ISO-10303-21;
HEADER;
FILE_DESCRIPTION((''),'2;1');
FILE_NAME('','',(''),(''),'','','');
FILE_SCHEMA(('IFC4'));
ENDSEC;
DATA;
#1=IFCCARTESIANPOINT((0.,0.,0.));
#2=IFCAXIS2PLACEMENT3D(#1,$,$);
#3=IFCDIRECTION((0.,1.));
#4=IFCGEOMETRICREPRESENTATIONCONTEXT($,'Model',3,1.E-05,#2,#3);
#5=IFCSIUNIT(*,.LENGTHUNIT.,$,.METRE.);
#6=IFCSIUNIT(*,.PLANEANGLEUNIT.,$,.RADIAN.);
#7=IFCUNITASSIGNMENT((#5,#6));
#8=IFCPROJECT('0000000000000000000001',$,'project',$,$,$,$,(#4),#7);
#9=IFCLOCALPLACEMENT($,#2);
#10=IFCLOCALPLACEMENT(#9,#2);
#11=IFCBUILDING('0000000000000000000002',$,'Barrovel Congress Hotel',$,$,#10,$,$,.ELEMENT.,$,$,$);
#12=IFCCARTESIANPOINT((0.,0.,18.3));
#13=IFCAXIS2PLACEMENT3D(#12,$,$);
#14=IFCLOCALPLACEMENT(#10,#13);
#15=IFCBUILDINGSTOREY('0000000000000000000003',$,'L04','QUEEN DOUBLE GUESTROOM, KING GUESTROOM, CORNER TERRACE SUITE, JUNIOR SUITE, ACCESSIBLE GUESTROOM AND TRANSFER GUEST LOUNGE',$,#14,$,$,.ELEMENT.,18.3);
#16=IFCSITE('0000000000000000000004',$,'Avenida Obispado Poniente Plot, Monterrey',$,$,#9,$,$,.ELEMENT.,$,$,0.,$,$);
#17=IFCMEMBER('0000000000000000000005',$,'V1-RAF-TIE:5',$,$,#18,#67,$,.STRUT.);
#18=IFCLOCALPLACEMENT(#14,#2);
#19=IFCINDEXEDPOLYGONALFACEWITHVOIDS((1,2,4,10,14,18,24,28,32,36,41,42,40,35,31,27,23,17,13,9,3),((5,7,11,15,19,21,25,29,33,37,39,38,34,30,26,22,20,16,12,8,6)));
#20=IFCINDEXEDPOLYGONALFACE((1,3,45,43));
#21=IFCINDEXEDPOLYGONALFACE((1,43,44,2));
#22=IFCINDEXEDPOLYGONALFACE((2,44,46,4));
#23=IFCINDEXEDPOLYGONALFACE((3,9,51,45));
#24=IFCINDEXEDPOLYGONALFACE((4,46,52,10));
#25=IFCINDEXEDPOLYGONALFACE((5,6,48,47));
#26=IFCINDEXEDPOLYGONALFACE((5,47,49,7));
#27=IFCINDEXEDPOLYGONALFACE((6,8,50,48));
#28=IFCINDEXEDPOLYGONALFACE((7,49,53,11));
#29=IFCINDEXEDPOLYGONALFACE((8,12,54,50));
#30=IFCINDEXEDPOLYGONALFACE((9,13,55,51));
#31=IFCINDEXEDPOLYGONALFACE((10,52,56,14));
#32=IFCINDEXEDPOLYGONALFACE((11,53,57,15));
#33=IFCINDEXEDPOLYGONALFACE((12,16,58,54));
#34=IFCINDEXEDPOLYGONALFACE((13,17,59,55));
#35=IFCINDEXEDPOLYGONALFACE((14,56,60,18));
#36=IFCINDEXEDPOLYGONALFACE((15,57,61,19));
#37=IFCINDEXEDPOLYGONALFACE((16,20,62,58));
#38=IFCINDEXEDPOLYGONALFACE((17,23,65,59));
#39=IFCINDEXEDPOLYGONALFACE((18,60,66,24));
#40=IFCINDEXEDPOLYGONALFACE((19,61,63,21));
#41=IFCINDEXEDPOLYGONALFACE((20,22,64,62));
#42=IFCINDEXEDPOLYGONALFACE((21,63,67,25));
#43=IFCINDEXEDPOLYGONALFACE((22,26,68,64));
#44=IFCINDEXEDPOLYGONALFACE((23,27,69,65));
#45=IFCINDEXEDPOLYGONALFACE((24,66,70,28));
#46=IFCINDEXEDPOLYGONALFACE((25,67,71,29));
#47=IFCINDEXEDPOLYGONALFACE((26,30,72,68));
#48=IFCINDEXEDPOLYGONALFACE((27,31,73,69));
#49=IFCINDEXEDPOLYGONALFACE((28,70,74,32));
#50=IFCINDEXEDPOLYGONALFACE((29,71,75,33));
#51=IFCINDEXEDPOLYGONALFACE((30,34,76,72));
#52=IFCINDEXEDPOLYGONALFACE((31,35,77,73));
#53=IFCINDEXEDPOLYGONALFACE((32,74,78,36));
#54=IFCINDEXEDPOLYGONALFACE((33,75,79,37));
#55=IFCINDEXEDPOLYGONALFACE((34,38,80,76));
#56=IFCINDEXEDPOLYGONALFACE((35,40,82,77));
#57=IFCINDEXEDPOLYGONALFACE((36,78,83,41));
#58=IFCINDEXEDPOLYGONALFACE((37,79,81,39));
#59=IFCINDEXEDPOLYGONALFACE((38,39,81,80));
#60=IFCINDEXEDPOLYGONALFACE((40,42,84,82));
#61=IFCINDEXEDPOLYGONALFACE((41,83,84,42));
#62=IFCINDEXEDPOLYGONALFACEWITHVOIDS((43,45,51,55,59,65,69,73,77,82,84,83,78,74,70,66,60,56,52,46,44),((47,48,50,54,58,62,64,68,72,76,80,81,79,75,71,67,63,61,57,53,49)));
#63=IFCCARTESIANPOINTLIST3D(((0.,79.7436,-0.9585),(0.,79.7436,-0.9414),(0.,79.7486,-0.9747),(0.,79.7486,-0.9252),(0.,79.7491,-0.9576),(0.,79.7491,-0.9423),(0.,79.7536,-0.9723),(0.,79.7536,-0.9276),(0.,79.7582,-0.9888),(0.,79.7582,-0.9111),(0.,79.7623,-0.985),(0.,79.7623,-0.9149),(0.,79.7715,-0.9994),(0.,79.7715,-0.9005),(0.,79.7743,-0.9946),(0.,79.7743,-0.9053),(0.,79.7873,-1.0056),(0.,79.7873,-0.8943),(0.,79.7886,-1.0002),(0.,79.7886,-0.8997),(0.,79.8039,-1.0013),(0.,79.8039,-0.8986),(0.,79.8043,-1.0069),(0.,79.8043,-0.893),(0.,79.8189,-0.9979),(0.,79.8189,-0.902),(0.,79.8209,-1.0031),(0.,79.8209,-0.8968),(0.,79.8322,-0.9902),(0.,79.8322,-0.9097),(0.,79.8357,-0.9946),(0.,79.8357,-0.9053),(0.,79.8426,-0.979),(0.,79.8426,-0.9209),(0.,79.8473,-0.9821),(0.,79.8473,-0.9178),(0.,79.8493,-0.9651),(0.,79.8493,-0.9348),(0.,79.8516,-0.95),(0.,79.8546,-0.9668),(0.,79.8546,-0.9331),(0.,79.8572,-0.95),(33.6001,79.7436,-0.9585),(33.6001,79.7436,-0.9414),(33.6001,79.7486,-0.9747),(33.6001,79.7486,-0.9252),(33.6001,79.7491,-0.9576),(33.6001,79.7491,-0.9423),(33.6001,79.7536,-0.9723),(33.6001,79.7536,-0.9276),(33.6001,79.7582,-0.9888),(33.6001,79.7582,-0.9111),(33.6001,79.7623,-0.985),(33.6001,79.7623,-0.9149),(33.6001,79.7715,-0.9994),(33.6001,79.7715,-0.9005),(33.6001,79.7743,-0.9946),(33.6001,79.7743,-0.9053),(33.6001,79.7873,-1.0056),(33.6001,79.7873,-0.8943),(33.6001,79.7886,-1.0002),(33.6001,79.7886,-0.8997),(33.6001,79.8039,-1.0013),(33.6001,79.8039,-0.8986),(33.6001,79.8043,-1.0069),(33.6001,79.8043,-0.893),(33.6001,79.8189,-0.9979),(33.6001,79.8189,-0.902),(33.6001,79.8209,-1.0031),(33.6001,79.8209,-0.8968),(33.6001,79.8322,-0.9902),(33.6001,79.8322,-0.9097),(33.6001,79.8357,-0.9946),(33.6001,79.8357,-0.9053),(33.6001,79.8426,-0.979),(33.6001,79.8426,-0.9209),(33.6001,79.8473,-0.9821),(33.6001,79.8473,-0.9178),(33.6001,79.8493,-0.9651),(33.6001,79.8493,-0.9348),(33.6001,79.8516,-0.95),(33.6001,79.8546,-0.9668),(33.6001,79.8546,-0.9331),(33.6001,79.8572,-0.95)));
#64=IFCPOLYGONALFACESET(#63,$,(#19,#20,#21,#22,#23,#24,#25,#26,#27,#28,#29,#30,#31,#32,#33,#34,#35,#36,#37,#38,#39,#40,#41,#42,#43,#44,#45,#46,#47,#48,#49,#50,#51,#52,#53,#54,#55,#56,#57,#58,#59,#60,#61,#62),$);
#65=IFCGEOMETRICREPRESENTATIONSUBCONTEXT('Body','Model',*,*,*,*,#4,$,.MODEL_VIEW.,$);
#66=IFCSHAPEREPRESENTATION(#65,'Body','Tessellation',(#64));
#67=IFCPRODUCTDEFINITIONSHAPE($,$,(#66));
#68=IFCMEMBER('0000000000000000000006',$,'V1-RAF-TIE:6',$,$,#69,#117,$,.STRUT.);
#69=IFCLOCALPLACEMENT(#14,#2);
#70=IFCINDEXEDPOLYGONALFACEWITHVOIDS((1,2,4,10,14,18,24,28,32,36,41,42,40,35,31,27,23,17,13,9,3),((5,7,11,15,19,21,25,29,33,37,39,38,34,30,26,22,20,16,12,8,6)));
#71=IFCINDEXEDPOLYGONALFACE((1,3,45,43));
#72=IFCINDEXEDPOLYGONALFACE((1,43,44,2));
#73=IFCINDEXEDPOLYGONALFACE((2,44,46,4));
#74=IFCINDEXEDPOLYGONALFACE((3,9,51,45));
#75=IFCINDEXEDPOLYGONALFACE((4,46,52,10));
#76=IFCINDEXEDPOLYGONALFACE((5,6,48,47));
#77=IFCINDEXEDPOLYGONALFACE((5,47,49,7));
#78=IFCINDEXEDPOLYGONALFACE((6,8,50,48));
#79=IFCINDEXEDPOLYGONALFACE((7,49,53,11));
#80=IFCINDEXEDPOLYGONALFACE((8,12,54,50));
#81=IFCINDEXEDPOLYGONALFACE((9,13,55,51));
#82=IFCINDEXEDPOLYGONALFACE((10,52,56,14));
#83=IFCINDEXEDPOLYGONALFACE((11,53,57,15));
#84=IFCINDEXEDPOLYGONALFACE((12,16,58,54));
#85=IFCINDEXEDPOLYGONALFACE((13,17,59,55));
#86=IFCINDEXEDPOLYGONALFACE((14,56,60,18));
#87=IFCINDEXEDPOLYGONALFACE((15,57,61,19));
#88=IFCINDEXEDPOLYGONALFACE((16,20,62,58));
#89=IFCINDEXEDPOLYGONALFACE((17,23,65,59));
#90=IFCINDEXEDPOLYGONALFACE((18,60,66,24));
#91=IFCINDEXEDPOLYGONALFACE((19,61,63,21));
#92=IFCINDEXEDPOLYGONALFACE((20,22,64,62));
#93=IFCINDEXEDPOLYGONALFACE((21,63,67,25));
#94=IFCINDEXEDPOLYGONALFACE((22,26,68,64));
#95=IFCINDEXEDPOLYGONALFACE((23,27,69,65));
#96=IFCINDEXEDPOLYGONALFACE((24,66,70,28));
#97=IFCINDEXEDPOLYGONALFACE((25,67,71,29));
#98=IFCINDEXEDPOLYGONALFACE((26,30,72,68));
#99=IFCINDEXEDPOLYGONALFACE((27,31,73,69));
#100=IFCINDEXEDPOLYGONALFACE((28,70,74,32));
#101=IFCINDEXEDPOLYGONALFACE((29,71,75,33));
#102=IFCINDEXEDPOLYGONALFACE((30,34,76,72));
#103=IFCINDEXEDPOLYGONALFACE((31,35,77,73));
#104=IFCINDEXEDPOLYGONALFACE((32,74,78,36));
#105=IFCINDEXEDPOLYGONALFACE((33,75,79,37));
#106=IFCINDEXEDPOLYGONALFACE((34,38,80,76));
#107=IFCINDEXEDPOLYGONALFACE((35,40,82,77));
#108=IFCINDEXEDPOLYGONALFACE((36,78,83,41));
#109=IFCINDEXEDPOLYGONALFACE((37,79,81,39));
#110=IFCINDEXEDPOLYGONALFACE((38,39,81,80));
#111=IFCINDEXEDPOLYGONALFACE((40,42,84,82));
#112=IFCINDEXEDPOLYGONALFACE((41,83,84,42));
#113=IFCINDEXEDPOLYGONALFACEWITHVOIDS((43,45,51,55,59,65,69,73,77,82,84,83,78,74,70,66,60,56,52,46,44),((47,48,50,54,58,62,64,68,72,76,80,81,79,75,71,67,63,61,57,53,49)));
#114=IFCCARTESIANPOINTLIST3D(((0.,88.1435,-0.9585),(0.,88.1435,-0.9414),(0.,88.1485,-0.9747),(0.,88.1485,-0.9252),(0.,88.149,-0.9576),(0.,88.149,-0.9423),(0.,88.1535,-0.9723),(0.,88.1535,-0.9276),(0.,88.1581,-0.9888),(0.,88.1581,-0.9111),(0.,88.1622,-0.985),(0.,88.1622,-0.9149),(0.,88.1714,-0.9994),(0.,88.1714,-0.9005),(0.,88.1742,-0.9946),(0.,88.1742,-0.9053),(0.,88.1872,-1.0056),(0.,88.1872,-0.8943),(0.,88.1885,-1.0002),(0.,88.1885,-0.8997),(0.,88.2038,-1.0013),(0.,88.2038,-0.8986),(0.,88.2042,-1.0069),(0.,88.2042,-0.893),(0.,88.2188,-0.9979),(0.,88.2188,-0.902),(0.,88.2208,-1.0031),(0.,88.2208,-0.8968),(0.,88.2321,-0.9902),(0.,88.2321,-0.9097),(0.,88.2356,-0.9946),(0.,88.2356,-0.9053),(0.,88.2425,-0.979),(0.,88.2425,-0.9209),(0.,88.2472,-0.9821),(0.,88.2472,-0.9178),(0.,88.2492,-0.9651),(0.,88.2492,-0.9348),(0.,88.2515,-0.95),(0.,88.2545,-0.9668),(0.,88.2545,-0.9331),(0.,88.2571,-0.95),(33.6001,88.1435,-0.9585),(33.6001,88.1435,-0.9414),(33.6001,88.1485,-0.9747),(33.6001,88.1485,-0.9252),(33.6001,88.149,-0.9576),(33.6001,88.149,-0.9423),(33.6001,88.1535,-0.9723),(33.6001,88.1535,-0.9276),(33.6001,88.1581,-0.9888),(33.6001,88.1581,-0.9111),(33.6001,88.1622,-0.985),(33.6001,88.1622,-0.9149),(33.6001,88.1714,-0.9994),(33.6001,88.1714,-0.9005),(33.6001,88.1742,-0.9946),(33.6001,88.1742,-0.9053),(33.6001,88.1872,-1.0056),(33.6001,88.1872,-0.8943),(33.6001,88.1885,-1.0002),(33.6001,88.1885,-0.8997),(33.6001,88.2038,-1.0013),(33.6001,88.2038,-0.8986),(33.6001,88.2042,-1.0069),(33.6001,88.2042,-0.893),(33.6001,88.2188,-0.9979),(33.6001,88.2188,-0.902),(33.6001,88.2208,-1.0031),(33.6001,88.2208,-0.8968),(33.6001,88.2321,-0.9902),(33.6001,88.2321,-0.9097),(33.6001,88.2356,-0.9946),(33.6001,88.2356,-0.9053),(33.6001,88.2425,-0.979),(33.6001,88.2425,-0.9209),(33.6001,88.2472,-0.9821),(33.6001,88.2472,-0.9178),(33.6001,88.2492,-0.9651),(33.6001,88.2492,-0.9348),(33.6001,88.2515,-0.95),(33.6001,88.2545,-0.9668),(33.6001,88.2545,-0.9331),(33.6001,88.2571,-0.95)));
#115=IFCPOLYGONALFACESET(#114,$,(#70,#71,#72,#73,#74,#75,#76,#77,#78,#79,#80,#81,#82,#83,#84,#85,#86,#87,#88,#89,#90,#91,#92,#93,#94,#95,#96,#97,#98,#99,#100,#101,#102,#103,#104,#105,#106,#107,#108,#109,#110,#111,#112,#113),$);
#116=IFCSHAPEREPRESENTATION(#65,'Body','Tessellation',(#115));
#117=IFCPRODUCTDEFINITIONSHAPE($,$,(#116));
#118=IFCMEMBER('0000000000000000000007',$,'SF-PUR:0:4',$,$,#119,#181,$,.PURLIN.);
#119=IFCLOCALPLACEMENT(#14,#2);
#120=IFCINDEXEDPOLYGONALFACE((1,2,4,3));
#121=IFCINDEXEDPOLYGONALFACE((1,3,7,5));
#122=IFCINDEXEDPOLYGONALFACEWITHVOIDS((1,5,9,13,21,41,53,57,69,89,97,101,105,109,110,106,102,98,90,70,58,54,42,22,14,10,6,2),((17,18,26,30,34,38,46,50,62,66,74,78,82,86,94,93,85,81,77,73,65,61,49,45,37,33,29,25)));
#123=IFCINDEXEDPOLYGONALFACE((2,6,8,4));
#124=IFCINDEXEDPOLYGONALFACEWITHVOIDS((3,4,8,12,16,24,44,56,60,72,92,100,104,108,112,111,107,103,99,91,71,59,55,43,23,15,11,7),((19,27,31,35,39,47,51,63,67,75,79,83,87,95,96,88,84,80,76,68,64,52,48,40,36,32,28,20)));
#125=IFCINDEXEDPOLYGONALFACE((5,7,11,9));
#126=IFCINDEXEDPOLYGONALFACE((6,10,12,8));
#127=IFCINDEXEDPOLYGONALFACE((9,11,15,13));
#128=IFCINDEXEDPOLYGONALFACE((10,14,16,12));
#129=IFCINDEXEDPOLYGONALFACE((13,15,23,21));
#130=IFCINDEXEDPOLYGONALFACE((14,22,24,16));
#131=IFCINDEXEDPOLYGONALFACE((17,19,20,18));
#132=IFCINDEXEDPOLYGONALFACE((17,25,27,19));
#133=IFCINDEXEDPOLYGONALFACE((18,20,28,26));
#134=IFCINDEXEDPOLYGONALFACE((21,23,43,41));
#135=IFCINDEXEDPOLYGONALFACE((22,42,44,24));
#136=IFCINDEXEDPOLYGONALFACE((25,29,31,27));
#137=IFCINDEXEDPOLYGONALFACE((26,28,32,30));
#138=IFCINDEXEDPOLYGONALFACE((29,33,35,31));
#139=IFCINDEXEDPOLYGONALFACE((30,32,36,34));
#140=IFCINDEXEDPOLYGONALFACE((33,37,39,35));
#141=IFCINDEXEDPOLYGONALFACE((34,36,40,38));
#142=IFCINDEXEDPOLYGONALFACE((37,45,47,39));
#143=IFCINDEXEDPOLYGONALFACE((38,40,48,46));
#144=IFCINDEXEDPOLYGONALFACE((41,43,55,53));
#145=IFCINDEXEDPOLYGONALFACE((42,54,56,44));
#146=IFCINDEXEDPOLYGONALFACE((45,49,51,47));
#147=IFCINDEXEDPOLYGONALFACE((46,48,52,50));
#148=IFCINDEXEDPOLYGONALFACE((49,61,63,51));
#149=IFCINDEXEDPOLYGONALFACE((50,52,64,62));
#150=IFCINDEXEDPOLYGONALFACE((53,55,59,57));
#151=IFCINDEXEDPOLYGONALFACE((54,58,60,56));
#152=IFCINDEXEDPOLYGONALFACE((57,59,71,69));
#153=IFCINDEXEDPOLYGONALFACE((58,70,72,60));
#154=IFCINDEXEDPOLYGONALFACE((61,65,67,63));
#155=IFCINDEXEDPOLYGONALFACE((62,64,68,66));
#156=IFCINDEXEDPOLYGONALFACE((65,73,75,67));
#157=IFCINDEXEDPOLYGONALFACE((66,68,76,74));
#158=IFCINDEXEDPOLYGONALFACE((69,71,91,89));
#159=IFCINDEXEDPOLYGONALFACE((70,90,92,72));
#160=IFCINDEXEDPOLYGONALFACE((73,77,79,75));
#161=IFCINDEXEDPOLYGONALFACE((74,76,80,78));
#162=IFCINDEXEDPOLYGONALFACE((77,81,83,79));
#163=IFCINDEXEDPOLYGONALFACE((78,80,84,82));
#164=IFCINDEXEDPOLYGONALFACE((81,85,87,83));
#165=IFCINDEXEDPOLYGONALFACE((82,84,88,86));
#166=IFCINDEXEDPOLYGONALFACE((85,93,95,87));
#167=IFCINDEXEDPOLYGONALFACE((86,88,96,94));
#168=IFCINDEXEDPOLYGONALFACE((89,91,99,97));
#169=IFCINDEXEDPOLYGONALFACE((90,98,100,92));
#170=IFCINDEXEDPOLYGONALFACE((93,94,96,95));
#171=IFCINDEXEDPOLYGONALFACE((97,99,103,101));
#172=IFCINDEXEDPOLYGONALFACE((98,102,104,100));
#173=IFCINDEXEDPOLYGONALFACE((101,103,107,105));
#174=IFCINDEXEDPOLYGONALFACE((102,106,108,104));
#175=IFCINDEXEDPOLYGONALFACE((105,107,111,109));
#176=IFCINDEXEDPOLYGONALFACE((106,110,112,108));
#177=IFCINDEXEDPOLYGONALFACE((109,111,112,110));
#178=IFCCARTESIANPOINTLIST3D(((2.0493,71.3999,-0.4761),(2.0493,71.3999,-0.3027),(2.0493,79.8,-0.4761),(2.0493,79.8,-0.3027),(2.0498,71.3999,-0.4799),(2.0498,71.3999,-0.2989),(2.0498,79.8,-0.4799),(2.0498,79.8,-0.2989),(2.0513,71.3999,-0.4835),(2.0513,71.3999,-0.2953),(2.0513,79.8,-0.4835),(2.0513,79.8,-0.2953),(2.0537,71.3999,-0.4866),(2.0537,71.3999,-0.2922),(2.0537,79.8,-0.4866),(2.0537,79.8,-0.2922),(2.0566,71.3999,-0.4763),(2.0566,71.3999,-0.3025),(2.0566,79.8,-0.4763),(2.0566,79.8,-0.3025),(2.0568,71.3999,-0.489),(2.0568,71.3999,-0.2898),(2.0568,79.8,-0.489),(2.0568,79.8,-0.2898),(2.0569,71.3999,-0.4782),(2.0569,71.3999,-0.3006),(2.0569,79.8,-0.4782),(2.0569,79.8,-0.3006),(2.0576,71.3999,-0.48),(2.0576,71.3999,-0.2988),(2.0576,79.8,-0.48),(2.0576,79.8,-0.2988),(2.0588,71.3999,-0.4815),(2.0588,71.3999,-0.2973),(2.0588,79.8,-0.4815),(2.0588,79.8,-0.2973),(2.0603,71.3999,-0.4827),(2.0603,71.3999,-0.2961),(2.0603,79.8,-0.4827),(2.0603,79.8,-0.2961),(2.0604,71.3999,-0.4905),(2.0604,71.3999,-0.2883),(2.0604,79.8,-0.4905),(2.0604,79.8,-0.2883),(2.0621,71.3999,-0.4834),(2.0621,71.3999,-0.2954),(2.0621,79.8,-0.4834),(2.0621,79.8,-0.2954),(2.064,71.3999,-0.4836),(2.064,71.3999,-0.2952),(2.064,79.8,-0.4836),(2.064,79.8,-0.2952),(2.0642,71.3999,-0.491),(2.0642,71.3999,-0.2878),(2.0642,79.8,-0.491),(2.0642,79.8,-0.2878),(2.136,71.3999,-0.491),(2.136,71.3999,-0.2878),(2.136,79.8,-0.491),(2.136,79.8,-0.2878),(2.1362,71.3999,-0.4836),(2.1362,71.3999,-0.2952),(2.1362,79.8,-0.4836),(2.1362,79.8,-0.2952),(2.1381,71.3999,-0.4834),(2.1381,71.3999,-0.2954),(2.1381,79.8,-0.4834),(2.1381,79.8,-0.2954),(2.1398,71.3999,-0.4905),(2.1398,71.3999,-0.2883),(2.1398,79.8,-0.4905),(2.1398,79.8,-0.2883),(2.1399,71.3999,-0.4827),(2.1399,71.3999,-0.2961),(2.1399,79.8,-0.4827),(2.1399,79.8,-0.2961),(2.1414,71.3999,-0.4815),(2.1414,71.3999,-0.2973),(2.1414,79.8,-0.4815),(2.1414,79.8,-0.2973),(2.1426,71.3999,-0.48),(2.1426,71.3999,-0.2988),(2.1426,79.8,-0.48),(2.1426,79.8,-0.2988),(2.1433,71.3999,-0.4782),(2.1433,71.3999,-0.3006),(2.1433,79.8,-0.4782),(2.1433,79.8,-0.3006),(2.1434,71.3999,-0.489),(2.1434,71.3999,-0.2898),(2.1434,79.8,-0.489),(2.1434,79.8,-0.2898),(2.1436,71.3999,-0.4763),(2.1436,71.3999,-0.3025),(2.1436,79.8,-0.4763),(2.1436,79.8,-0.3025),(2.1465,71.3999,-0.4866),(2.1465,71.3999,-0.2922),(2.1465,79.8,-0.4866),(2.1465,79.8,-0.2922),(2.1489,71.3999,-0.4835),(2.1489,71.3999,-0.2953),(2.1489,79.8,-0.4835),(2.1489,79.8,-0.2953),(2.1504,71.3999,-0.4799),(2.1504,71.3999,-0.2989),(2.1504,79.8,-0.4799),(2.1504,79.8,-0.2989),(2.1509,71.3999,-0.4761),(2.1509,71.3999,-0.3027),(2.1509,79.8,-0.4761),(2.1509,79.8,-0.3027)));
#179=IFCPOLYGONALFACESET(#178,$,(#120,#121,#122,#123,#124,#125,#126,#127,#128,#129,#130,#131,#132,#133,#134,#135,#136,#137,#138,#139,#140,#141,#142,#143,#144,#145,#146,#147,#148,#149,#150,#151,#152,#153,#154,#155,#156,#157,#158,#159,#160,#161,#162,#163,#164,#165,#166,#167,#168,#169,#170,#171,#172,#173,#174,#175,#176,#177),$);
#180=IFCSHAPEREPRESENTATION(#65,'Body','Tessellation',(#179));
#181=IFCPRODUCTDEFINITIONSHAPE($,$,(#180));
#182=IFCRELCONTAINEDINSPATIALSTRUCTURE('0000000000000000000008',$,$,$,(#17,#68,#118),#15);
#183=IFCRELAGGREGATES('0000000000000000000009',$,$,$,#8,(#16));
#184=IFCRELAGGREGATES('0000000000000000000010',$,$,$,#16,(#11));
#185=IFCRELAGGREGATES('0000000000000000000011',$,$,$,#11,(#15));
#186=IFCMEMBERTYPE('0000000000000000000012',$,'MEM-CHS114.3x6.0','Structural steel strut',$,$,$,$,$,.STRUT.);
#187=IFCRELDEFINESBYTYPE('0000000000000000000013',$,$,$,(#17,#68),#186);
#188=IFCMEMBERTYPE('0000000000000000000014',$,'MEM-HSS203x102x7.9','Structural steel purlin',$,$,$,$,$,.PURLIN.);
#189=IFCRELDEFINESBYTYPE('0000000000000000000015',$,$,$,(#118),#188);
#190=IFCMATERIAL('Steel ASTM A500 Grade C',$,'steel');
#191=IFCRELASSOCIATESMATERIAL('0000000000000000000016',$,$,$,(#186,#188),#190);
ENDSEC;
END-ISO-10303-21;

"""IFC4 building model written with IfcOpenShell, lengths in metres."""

from ifc_helpers import new_model, si_unit, direction, frame, origin, origin_2d, place, context, subcontext, project, spatial, hollow_rectangle, hollow_circle, extrude, material, material_profile, profile_set, type_object, element, save


model = new_model("IFC4")

# Units and contexts
model_context = context("Model", 3, precision=1e-05, world=origin(), true_north=direction((0.0, 1.0)))
body_context = subcontext(model_context, "Body", "Model", "MODEL_VIEW")
ifc_project = project(units=[si_unit("LENGTHUNIT", "METRE"), si_unit("PLANEANGLEUNIT", "RADIAN")], contexts=[model_context])

# Site, building, storey
site_placement = place(None, origin())
site = spatial("IfcSite", under=ifc_project, at=site_placement, Name="Avenida Obispado Poniente Plot, Monterrey", CompositionType="ELEMENT", RefElevation=0.0)
building_placement = place(site_placement, origin())
building = spatial("IfcBuilding", under=site, at=building_placement, Name="Barrovel Congress Hotel", CompositionType="ELEMENT")
storey_placement = place(building_placement, frame((0.0, 0.0, 18.3)))
storey = spatial("IfcBuildingStorey", under=building, at=storey_placement, Name="L04", Description="QUEEN DOUBLE GUESTROOM, KING GUESTROOM, CORNER TERRACE SUITE, JUNIOR SUITE, ACCESSIBLE GUESTROOM AND TRANSFER GUEST LOUNGE", CompositionType="ELEMENT", Elevation=18.3)

# Members
ifc_material_1 = material(Name="Steel ASTM A500 Grade C", Category="steel")
ifc_material_profile_1 = material_profile(ifc_material_1, hollow_circle(Radius=0.0571, WallThickness=0.0056, at=origin_2d()), Name="CHS114.3x6.0")
ifc_profile_set_1 = profile_set([ifc_material_profile_1], Name="Steel ASTM A500 Grade C")
member_type_1 = type_object("IfcMemberType", Name="MEM-CHS114.3x6.0", Description="Structural steel strut", PredefinedType="STRUT", material=ifc_profile_set_1)
for number, where, z_axis, x_axis, name in (
    (1, (0.0, 79.8, -0.95), (1.0, 0.0, 0.0), (0.0, 1.0, 0.0), "V1-RAF-TIE:5"),
    (2, (0.0, 88.2, -0.95), (1.0, 0.0, 0.0), (0.0, 1.0, 0.0), "V1-RAF-TIE:6"),
):
    element("IfcMember", number, at=place(storey_placement, frame(where, z_axis=z_axis, x_axis=x_axis)), inside=storey, type_object=member_type_1, Name=name, PredefinedType="STRUT", context=body_context, shape_type="SweptSolid", body=[
        extrude(hollow_circle(Radius=0.0571, WallThickness=0.0056, at=origin_2d()), origin(), (0.0, 0.0, 1.0), 33.6001),
    ])
ifc_material_profile_2 = material_profile(ifc_material_1, hollow_rectangle(XDim=0.1016, YDim=0.2031, WallThickness=0.0073, InnerFilletRadius=0.0073, OuterFilletRadius=0.0149, at=origin_2d()), Name="HSS203x102x7.9")
ifc_profile_set_2 = profile_set([ifc_material_profile_2], Name="Steel ASTM A500 Grade C")
member_type_2 = type_object("IfcMemberType", Name="MEM-HSS203x102x7.9", Description="Structural steel purlin", PredefinedType="PURLIN", material=ifc_profile_set_2)
member_1_placement = place(storey_placement, frame((2.1001, 71.3999, -0.3894), z_axis=(0.0, 1.0, 0.0), x_axis=(-1.0, 0.0, 0.0)))
element("IfcMember", 3, at=member_1_placement, inside=storey, type_object=member_type_2, Name="SF-PUR:0:4", PredefinedType="PURLIN", context=body_context, shape_type="SweptSolid", body=[
    extrude(hollow_rectangle(XDim=0.1016, YDim=0.2031, WallThickness=0.0073, InnerFilletRadius=0.0073, OuterFilletRadius=0.0149, at=origin_2d()), origin(), (0.0, 0.0, 1.0), 8.4001),
])

save(model, "model.ifc")
